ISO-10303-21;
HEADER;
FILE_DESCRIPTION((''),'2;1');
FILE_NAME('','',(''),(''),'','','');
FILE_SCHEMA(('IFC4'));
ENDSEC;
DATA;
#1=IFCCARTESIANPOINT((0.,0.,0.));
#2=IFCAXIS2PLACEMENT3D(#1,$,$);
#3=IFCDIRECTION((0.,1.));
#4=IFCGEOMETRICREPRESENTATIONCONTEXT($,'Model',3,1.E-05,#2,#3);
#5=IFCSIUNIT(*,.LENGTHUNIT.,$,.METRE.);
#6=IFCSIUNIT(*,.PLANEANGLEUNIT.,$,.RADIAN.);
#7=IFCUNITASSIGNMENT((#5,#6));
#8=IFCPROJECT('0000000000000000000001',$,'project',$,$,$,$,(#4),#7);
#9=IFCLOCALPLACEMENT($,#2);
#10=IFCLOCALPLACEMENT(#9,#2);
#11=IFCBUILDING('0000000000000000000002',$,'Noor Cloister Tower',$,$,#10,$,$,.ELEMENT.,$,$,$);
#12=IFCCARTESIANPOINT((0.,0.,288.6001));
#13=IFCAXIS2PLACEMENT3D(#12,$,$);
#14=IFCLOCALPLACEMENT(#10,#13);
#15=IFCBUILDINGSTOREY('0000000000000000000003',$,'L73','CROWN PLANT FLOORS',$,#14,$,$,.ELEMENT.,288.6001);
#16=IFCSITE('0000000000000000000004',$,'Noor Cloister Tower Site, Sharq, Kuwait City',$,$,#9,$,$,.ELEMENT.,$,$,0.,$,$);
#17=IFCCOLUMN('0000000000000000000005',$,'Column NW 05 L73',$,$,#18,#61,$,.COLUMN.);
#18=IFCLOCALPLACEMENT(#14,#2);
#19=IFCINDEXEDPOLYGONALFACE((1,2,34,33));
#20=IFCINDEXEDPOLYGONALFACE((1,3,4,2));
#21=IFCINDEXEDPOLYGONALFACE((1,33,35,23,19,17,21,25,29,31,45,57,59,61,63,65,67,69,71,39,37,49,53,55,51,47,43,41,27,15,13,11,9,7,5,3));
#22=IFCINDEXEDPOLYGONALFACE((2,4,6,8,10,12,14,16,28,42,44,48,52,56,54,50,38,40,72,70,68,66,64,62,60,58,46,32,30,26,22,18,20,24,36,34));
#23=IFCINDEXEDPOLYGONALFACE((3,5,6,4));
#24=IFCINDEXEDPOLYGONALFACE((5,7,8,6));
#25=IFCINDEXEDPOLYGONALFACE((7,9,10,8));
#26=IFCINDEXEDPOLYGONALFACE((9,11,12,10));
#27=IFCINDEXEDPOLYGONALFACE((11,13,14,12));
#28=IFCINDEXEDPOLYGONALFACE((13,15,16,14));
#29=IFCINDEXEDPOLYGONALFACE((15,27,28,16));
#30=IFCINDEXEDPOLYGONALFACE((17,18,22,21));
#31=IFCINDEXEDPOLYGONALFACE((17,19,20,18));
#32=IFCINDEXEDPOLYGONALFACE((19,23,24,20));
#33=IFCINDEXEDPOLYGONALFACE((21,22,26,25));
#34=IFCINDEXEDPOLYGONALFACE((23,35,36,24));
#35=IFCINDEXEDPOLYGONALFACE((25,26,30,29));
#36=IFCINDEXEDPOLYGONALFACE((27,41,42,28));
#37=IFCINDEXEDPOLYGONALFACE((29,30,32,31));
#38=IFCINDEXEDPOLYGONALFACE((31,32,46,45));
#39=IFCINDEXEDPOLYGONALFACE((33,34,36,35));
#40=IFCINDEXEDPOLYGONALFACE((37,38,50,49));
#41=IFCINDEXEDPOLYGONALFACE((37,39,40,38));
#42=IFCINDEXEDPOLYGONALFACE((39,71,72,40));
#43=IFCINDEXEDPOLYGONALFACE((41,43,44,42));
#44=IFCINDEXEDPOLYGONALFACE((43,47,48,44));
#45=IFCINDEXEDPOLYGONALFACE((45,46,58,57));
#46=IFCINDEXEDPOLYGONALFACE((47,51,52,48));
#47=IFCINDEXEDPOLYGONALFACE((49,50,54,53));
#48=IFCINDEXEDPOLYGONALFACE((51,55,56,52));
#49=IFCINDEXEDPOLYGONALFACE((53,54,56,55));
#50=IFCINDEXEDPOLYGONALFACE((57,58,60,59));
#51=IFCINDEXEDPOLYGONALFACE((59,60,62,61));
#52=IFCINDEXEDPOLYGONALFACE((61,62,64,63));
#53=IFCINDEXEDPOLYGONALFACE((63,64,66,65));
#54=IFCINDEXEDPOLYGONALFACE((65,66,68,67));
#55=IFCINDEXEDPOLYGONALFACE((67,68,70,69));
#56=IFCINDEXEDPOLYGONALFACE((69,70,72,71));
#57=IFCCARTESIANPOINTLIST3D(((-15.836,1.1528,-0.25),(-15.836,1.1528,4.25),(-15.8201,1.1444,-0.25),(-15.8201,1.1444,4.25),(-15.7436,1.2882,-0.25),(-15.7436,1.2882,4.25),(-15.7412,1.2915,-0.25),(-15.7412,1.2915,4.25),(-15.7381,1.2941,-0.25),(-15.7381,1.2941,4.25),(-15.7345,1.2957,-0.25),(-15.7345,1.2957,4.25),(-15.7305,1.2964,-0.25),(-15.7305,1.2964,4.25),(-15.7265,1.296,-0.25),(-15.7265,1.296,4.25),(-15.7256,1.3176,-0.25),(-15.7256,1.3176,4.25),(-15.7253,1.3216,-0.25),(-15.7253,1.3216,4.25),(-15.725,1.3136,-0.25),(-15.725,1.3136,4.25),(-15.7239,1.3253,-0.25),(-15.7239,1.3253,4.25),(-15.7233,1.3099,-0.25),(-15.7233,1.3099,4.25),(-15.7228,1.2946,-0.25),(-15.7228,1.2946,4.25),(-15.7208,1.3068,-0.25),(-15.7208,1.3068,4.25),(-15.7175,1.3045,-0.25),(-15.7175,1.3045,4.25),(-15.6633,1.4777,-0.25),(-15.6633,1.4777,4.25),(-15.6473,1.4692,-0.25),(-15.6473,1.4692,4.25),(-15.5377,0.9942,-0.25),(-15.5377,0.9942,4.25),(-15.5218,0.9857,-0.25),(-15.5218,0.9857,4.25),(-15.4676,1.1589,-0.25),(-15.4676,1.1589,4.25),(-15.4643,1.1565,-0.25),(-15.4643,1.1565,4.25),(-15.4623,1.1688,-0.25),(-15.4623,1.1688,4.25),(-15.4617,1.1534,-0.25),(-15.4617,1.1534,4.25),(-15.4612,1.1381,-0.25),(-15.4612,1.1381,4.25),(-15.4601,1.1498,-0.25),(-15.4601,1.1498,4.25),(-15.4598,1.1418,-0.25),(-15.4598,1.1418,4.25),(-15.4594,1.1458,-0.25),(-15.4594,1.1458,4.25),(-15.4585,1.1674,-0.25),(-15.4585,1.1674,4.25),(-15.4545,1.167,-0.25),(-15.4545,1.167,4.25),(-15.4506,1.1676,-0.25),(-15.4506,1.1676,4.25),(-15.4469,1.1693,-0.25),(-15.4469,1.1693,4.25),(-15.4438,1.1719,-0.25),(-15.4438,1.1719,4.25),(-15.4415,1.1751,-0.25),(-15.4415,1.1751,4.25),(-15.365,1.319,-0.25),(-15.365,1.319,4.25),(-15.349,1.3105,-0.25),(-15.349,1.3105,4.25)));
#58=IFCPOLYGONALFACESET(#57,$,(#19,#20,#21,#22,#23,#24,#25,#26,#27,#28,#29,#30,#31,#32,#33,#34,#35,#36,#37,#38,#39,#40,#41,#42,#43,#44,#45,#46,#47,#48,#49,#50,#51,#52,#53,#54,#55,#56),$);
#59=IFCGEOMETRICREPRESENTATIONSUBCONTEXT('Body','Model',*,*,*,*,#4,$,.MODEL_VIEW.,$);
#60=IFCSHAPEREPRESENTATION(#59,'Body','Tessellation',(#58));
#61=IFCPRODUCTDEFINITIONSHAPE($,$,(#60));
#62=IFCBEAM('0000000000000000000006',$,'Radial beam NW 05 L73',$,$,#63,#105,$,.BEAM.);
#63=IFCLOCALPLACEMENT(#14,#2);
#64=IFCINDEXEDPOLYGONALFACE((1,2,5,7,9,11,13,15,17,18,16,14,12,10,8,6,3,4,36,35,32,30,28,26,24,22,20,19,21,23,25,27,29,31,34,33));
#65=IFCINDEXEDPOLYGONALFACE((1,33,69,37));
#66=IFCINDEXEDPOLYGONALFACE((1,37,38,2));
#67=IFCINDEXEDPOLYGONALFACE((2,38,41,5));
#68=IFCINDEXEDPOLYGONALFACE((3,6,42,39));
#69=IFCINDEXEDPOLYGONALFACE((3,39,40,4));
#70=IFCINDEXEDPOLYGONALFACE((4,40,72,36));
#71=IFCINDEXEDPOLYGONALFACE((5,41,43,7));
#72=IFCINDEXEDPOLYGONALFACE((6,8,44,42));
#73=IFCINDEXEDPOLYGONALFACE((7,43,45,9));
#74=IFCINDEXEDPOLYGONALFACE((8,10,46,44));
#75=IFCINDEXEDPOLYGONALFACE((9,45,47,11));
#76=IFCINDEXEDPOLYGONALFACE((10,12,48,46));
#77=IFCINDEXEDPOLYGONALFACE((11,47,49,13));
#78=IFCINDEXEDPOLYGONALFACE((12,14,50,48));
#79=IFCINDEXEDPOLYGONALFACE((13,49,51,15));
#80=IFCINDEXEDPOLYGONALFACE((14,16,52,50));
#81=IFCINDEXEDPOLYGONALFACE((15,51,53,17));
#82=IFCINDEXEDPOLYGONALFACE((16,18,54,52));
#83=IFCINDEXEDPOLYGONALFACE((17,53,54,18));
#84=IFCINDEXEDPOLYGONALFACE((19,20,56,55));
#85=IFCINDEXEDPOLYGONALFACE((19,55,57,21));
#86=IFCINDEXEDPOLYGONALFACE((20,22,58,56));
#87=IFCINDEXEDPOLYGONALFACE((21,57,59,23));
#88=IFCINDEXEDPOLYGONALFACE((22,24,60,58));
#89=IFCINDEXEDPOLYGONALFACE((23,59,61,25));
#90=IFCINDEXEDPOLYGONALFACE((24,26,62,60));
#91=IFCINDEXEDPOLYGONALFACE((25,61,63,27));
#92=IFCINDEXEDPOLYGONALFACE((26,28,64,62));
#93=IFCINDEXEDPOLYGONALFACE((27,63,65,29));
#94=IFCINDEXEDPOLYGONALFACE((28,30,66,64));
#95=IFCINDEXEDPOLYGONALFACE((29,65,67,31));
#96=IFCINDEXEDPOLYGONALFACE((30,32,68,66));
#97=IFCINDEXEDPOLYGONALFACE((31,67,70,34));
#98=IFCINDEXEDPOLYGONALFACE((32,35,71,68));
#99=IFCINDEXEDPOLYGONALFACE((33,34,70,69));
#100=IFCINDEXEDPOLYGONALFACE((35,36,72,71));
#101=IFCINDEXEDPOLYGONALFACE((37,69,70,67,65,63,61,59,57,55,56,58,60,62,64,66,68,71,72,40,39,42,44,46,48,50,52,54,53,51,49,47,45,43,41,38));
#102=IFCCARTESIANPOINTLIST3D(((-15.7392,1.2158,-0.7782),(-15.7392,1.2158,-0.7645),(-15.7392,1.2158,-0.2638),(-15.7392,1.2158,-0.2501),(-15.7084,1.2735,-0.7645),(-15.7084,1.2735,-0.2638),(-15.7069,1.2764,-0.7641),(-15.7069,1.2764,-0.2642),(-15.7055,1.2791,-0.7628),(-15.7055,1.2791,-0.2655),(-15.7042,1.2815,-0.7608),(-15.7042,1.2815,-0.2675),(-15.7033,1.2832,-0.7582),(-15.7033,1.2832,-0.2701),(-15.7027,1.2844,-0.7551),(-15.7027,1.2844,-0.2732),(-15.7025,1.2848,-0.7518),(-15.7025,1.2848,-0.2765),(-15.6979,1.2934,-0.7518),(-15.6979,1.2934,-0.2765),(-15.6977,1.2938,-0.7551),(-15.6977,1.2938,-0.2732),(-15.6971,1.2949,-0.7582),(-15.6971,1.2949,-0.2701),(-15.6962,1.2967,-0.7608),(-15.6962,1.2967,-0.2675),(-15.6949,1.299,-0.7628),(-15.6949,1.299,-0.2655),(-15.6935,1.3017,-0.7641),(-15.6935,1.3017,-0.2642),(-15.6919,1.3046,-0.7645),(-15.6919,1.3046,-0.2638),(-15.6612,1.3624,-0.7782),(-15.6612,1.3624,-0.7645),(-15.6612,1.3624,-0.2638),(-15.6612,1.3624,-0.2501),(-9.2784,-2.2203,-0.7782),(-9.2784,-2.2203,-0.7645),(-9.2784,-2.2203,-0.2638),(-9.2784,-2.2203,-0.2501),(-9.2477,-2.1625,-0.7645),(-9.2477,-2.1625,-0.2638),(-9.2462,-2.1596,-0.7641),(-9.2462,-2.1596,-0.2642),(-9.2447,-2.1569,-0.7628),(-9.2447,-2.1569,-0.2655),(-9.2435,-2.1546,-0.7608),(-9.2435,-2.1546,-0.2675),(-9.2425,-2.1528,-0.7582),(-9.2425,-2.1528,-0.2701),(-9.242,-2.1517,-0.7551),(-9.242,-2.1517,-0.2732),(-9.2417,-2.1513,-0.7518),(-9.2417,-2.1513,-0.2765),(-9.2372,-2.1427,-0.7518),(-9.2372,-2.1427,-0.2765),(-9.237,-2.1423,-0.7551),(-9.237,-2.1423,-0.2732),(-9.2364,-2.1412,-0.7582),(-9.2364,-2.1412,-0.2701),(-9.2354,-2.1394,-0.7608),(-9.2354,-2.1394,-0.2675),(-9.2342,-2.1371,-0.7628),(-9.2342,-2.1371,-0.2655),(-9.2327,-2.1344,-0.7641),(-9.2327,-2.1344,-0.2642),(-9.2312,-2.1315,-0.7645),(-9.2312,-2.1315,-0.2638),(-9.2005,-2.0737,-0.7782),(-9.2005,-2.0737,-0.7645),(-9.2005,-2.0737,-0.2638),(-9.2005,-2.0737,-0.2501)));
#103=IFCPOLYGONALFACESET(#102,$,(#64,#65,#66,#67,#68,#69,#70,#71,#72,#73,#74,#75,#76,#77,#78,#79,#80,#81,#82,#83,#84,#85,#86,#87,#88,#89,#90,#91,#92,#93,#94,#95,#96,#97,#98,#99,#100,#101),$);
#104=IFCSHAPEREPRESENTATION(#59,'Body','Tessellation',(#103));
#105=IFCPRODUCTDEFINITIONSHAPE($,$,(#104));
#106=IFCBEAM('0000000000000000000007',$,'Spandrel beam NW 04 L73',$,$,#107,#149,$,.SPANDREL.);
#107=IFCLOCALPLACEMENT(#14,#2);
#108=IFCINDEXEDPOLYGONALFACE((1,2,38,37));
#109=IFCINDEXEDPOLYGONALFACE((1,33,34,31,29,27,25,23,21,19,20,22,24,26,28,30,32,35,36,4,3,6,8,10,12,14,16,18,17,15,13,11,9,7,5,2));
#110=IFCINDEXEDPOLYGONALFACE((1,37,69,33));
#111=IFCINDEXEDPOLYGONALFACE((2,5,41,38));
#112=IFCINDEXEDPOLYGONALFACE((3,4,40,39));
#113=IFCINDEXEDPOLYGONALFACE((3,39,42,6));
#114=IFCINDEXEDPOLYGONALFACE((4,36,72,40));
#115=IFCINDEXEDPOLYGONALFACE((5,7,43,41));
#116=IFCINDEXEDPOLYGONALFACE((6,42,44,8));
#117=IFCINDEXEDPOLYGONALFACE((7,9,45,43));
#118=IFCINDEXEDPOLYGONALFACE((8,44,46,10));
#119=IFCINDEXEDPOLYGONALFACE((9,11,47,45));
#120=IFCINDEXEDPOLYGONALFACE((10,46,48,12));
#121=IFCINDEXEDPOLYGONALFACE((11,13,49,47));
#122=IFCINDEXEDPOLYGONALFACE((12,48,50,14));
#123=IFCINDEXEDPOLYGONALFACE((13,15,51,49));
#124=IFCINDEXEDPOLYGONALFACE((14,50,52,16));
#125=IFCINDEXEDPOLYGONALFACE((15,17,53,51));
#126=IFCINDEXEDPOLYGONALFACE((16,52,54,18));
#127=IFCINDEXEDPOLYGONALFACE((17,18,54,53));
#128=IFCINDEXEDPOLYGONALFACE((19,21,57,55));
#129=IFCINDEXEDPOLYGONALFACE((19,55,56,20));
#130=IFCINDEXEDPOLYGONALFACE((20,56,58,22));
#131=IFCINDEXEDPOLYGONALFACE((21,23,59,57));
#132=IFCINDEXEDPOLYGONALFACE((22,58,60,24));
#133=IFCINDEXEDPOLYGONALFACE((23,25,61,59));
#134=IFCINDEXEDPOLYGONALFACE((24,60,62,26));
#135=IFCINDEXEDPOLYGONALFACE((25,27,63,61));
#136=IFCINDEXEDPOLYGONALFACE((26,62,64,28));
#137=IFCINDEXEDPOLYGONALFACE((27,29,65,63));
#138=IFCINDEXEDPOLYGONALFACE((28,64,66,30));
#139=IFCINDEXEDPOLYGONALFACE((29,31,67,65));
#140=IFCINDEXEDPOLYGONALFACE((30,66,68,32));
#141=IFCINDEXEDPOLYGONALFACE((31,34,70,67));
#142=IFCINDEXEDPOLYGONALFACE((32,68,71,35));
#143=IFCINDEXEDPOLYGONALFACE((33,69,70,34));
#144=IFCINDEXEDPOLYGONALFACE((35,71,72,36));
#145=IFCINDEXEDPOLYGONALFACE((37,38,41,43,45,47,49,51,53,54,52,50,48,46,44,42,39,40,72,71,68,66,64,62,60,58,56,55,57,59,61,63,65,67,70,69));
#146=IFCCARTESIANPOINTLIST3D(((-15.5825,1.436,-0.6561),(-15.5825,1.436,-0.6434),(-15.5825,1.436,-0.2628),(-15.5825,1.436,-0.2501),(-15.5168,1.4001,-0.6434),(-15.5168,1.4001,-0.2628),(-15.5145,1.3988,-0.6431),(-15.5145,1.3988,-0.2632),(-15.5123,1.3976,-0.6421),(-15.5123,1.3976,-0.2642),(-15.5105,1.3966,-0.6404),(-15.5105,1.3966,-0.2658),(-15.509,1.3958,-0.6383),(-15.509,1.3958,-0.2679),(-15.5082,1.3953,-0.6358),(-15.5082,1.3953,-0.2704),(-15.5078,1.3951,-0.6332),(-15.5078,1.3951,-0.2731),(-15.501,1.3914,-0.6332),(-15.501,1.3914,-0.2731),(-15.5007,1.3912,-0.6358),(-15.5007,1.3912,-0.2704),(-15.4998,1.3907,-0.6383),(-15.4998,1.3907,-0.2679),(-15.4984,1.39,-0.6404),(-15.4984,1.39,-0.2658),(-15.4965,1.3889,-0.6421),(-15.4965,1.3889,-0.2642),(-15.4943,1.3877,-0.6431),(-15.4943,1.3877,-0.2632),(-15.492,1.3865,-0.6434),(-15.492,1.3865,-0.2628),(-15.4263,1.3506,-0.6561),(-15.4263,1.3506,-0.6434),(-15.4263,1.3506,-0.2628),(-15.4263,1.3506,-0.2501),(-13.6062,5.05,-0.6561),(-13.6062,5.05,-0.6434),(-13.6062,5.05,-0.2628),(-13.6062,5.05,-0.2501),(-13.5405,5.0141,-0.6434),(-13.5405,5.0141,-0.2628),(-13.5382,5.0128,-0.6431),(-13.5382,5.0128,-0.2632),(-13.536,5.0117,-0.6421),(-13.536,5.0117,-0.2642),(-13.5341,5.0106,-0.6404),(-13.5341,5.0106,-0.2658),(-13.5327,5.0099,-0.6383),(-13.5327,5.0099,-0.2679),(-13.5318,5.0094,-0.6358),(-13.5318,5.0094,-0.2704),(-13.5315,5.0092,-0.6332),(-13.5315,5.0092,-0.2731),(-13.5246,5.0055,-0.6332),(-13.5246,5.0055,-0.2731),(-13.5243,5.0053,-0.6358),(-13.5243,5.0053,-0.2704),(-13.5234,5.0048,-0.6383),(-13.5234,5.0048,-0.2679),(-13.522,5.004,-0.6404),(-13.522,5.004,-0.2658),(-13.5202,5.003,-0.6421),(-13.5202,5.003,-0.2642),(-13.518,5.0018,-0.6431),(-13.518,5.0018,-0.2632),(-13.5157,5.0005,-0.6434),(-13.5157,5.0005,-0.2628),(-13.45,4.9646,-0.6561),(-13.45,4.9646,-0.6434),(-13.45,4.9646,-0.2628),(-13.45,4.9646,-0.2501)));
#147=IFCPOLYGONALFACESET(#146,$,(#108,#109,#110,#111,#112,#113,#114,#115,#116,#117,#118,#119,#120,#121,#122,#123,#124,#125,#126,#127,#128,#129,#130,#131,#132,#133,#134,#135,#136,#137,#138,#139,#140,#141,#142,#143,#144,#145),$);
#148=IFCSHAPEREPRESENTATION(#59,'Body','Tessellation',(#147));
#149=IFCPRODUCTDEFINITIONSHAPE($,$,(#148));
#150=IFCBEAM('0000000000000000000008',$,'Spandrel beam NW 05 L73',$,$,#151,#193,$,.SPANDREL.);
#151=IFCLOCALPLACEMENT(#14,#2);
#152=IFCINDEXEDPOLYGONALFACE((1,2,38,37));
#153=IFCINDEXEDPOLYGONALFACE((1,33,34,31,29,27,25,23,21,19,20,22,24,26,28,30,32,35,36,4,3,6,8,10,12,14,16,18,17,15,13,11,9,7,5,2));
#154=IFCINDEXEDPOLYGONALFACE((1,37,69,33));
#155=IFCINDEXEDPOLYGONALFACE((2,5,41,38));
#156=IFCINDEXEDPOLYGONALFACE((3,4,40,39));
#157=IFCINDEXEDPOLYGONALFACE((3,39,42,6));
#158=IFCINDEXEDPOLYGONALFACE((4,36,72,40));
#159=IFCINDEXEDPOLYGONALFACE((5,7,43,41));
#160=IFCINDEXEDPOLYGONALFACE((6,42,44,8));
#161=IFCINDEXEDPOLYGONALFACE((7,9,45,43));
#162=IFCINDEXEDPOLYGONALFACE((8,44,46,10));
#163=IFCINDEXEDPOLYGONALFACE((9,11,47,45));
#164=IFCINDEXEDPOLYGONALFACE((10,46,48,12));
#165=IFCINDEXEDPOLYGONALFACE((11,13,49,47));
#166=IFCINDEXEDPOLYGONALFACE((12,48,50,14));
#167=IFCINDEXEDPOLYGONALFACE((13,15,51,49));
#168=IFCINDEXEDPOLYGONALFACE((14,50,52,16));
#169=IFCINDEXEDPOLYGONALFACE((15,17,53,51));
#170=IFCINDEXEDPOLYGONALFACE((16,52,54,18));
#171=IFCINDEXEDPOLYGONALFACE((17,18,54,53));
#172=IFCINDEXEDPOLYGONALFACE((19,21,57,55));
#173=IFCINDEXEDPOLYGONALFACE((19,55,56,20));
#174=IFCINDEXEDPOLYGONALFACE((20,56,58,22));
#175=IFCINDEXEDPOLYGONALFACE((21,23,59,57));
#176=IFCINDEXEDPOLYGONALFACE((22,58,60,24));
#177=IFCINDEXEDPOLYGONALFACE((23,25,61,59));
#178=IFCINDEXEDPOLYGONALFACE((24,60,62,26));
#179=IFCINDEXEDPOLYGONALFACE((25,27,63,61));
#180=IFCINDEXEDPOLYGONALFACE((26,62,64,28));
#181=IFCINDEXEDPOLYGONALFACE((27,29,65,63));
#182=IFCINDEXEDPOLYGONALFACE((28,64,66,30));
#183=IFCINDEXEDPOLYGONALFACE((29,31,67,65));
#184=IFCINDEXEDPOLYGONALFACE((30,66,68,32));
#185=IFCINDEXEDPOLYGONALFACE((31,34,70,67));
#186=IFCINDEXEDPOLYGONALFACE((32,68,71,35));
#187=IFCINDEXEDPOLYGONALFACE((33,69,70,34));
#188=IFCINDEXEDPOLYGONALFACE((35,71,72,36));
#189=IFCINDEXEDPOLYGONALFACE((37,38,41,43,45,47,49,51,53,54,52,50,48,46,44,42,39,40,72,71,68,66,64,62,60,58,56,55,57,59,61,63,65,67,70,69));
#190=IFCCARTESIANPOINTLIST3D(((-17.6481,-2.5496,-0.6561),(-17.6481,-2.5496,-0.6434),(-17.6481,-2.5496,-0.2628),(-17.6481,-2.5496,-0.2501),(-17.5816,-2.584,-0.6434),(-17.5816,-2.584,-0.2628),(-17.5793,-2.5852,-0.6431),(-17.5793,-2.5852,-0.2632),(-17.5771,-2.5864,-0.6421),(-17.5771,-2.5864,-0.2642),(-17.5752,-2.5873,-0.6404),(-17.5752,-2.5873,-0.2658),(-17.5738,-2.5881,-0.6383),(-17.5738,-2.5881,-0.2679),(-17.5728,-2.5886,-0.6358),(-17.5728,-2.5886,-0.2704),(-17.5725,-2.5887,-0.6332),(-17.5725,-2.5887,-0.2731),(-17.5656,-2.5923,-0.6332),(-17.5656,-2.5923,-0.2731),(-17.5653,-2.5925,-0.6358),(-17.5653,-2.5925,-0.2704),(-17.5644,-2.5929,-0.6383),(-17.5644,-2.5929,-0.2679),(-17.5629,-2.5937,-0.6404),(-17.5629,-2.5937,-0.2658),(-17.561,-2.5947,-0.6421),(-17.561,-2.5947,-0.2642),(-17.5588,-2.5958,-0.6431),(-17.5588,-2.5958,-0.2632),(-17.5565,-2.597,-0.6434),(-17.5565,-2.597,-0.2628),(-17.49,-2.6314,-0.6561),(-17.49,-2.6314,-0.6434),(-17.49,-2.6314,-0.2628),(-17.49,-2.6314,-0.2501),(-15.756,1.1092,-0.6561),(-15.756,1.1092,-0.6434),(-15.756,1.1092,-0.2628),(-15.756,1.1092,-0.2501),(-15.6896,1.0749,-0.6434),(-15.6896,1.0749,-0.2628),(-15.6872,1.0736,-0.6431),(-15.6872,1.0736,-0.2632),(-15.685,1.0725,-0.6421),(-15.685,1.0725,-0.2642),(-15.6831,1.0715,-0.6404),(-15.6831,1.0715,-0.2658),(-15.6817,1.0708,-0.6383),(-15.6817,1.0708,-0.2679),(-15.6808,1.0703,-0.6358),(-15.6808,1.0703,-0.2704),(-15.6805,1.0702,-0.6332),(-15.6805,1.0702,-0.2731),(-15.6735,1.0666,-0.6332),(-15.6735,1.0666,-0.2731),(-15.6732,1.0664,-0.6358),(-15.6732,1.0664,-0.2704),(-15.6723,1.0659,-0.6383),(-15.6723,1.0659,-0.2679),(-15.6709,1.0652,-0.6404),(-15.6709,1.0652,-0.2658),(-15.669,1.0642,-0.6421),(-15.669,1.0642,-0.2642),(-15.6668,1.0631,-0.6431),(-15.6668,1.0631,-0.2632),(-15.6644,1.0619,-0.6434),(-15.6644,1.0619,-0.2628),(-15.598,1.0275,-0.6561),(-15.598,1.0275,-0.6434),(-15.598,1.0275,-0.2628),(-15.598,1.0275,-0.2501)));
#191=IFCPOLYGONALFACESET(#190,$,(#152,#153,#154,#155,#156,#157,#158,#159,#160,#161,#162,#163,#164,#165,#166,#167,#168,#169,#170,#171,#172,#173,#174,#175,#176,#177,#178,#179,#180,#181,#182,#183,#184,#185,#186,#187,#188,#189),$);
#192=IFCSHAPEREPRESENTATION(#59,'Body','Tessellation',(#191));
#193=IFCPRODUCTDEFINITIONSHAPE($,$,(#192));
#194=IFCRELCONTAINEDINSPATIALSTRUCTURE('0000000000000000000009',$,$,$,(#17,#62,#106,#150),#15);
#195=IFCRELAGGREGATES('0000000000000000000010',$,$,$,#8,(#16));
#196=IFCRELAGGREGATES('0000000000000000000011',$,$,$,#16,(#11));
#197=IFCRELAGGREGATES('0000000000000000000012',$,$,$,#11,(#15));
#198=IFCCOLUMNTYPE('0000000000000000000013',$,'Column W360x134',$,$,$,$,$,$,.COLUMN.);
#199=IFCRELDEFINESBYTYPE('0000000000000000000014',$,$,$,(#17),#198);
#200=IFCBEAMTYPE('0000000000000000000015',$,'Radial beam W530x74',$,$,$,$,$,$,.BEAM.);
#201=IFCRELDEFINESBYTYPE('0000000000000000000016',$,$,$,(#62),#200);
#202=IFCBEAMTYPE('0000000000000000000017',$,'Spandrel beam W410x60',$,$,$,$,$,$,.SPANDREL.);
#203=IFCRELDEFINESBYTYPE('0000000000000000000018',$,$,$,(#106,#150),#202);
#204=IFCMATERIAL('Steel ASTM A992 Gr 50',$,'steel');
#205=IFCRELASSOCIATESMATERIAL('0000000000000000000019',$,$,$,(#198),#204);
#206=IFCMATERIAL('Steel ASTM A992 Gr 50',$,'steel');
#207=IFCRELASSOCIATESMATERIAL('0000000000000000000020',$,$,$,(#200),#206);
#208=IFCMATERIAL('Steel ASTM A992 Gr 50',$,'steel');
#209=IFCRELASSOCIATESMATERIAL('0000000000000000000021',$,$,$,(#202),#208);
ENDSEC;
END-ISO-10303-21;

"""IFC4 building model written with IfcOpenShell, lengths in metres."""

from ifc_helpers import new_model, si_unit, direction, frame, origin, origin_2d, place, context, subcontext, project, spatial, i_section, extrude, material, material_profile, profile_set, type_object, element, save


model = new_model("IFC4")

# Units and contexts
model_context = context("Model", 3, precision=1e-05, world=origin(), true_north=direction((0.0, 1.0)))
body_context = subcontext(model_context, "Body", "Model", "MODEL_VIEW")
ifc_project = project(units=[si_unit("LENGTHUNIT", "METRE"), si_unit("PLANEANGLEUNIT", "RADIAN")], contexts=[model_context])

# Site, building, storey
site_placement = place(None, origin())
site = spatial("IfcSite", under=ifc_project, at=site_placement, Name="Noor Cloister Tower Site, Sharq, Kuwait City", CompositionType="ELEMENT", RefElevation=0.0)
building_placement = place(site_placement, origin())
building = spatial("IfcBuilding", under=site, at=building_placement, Name="Noor Cloister Tower", CompositionType="ELEMENT")
storey_placement = place(building_placement, frame((0.0, 0.0, 288.6001)))
storey = spatial("IfcBuildingStorey", under=building, at=storey_placement, Name="L73", Description="CROWN PLANT FLOORS", CompositionType="ELEMENT", Elevation=288.6001)

# Column
ifc_material_1 = material(Name="Steel ASTM A992 Gr 50", Category="steel")
ifc_material_profile_1 = material_profile(ifc_material_1, i_section(OverallWidth=0.3679, OverallDepth=0.356, WebThickness=0.0112, FlangeThickness=0.0181, FilletRadius=0.0154, at=origin_2d()), Name="W360x134")
ifc_profile_set_1 = profile_set([ifc_material_profile_1], Name="Steel ASTM A992 Gr 50")
column_type = type_object("IfcColumnType", Name="Column W360x134", PredefinedType="COLUMN", material=ifc_profile_set_1)
column_placement = place(storey_placement, frame((-15.5925, 1.2317, -0.25), z_axis=(0.0, 0.0, 1.0), x_axis=(-0.469576, -0.882892, 0.0)))
element("IfcColumn", 1, at=column_placement, inside=storey, type_object=column_type, Name="Column NW 05 L73", PredefinedType="COLUMN", context=body_context, shape_type="SweptSolid", body=[
    extrude(i_section(OverallWidth=0.3679, OverallDepth=0.356, WebThickness=0.0112, FlangeThickness=0.0181, FilletRadius=0.0154, at=origin_2d()), origin(), (0.0, 0.0, 1.0), 4.5),
])

# Beams
ifc_material_2 = material(Name="Steel ASTM A992 Gr 50", Category="steel")
ifc_material_profile_2 = material_profile(ifc_material_2, i_section(OverallWidth=0.166, OverallDepth=0.5281, WebThickness=0.0098, FlangeThickness=0.0137, FilletRadius=0.0127, at=origin_2d()), Name="W530x74")
ifc_profile_set_2 = profile_set([ifc_material_profile_2], Name="Steel ASTM A992 Gr 50")
beam_type_1 = type_object("IfcBeamType", Name="Radial beam W530x74", PredefinedType="BEAM", material=ifc_profile_set_2)
beam_placement = place(storey_placement, frame((-15.7002, 1.2891, -0.5142), z_axis=(0.882901, -0.469559, 0.0), x_axis=(0.469559, 0.882901, 0.0)))
element("IfcBeam", 2, at=beam_placement, inside=storey, type_object=beam_type_1, Name="Radial beam NW 05 L73", PredefinedType="BEAM", context=body_context, shape_type="SweptSolid", body=[
    extrude(i_section(OverallWidth=0.166, OverallDepth=0.5281, WebThickness=0.0098, FlangeThickness=0.0137, FilletRadius=0.0127, at=origin_2d()), origin(), (0.0, 0.0, 1.0), 7.3176),
])
ifc_material_3 = material(Name="Steel ASTM A992 Gr 50", Category="steel")
ifc_material_profile_3 = material_profile(ifc_material_3, i_section(OverallWidth=0.178, OverallDepth=0.406, WebThickness=0.0078, FlangeThickness=0.0127, FilletRadius=0.0103, at=origin_2d()), Name="W410x60")
ifc_profile_set_3 = profile_set([ifc_material_profile_3], Name="Steel ASTM A992 Gr 50")
beam_type_2 = type_object("IfcBeamType", Name="Spandrel beam W410x60", PredefinedType="SPANDREL", material=ifc_profile_set_3)
for number, where, z_axis, x_axis, name in (
    (3, (-13.5281, 5.0073, -0.4531), (-0.479795, -0.877381, 0.0), (0.877381, -0.479795, 0.0), "Spandrel beam NW 04 L73"),
    (4, (-15.677, 1.0684, -0.4531), (-0.459334, -0.888264, 0.0), (0.888264, -0.459334, 0.0), "Spandrel beam NW 05 L73"),
):
    element("IfcBeam", number, at=place(storey_placement, frame(where, z_axis=z_axis, x_axis=x_axis)), inside=storey, type_object=beam_type_2, Name=name, PredefinedType="SPANDREL", context=body_context, shape_type="SweptSolid", body=[
        extrude(i_section(OverallWidth=0.178, OverallDepth=0.406, WebThickness=0.0078, FlangeThickness=0.0127, FilletRadius=0.0103, at=origin_2d()), origin(), (0.0, 0.0, 1.0), 4.1191),
    ])

save(model, "model.ifc")
